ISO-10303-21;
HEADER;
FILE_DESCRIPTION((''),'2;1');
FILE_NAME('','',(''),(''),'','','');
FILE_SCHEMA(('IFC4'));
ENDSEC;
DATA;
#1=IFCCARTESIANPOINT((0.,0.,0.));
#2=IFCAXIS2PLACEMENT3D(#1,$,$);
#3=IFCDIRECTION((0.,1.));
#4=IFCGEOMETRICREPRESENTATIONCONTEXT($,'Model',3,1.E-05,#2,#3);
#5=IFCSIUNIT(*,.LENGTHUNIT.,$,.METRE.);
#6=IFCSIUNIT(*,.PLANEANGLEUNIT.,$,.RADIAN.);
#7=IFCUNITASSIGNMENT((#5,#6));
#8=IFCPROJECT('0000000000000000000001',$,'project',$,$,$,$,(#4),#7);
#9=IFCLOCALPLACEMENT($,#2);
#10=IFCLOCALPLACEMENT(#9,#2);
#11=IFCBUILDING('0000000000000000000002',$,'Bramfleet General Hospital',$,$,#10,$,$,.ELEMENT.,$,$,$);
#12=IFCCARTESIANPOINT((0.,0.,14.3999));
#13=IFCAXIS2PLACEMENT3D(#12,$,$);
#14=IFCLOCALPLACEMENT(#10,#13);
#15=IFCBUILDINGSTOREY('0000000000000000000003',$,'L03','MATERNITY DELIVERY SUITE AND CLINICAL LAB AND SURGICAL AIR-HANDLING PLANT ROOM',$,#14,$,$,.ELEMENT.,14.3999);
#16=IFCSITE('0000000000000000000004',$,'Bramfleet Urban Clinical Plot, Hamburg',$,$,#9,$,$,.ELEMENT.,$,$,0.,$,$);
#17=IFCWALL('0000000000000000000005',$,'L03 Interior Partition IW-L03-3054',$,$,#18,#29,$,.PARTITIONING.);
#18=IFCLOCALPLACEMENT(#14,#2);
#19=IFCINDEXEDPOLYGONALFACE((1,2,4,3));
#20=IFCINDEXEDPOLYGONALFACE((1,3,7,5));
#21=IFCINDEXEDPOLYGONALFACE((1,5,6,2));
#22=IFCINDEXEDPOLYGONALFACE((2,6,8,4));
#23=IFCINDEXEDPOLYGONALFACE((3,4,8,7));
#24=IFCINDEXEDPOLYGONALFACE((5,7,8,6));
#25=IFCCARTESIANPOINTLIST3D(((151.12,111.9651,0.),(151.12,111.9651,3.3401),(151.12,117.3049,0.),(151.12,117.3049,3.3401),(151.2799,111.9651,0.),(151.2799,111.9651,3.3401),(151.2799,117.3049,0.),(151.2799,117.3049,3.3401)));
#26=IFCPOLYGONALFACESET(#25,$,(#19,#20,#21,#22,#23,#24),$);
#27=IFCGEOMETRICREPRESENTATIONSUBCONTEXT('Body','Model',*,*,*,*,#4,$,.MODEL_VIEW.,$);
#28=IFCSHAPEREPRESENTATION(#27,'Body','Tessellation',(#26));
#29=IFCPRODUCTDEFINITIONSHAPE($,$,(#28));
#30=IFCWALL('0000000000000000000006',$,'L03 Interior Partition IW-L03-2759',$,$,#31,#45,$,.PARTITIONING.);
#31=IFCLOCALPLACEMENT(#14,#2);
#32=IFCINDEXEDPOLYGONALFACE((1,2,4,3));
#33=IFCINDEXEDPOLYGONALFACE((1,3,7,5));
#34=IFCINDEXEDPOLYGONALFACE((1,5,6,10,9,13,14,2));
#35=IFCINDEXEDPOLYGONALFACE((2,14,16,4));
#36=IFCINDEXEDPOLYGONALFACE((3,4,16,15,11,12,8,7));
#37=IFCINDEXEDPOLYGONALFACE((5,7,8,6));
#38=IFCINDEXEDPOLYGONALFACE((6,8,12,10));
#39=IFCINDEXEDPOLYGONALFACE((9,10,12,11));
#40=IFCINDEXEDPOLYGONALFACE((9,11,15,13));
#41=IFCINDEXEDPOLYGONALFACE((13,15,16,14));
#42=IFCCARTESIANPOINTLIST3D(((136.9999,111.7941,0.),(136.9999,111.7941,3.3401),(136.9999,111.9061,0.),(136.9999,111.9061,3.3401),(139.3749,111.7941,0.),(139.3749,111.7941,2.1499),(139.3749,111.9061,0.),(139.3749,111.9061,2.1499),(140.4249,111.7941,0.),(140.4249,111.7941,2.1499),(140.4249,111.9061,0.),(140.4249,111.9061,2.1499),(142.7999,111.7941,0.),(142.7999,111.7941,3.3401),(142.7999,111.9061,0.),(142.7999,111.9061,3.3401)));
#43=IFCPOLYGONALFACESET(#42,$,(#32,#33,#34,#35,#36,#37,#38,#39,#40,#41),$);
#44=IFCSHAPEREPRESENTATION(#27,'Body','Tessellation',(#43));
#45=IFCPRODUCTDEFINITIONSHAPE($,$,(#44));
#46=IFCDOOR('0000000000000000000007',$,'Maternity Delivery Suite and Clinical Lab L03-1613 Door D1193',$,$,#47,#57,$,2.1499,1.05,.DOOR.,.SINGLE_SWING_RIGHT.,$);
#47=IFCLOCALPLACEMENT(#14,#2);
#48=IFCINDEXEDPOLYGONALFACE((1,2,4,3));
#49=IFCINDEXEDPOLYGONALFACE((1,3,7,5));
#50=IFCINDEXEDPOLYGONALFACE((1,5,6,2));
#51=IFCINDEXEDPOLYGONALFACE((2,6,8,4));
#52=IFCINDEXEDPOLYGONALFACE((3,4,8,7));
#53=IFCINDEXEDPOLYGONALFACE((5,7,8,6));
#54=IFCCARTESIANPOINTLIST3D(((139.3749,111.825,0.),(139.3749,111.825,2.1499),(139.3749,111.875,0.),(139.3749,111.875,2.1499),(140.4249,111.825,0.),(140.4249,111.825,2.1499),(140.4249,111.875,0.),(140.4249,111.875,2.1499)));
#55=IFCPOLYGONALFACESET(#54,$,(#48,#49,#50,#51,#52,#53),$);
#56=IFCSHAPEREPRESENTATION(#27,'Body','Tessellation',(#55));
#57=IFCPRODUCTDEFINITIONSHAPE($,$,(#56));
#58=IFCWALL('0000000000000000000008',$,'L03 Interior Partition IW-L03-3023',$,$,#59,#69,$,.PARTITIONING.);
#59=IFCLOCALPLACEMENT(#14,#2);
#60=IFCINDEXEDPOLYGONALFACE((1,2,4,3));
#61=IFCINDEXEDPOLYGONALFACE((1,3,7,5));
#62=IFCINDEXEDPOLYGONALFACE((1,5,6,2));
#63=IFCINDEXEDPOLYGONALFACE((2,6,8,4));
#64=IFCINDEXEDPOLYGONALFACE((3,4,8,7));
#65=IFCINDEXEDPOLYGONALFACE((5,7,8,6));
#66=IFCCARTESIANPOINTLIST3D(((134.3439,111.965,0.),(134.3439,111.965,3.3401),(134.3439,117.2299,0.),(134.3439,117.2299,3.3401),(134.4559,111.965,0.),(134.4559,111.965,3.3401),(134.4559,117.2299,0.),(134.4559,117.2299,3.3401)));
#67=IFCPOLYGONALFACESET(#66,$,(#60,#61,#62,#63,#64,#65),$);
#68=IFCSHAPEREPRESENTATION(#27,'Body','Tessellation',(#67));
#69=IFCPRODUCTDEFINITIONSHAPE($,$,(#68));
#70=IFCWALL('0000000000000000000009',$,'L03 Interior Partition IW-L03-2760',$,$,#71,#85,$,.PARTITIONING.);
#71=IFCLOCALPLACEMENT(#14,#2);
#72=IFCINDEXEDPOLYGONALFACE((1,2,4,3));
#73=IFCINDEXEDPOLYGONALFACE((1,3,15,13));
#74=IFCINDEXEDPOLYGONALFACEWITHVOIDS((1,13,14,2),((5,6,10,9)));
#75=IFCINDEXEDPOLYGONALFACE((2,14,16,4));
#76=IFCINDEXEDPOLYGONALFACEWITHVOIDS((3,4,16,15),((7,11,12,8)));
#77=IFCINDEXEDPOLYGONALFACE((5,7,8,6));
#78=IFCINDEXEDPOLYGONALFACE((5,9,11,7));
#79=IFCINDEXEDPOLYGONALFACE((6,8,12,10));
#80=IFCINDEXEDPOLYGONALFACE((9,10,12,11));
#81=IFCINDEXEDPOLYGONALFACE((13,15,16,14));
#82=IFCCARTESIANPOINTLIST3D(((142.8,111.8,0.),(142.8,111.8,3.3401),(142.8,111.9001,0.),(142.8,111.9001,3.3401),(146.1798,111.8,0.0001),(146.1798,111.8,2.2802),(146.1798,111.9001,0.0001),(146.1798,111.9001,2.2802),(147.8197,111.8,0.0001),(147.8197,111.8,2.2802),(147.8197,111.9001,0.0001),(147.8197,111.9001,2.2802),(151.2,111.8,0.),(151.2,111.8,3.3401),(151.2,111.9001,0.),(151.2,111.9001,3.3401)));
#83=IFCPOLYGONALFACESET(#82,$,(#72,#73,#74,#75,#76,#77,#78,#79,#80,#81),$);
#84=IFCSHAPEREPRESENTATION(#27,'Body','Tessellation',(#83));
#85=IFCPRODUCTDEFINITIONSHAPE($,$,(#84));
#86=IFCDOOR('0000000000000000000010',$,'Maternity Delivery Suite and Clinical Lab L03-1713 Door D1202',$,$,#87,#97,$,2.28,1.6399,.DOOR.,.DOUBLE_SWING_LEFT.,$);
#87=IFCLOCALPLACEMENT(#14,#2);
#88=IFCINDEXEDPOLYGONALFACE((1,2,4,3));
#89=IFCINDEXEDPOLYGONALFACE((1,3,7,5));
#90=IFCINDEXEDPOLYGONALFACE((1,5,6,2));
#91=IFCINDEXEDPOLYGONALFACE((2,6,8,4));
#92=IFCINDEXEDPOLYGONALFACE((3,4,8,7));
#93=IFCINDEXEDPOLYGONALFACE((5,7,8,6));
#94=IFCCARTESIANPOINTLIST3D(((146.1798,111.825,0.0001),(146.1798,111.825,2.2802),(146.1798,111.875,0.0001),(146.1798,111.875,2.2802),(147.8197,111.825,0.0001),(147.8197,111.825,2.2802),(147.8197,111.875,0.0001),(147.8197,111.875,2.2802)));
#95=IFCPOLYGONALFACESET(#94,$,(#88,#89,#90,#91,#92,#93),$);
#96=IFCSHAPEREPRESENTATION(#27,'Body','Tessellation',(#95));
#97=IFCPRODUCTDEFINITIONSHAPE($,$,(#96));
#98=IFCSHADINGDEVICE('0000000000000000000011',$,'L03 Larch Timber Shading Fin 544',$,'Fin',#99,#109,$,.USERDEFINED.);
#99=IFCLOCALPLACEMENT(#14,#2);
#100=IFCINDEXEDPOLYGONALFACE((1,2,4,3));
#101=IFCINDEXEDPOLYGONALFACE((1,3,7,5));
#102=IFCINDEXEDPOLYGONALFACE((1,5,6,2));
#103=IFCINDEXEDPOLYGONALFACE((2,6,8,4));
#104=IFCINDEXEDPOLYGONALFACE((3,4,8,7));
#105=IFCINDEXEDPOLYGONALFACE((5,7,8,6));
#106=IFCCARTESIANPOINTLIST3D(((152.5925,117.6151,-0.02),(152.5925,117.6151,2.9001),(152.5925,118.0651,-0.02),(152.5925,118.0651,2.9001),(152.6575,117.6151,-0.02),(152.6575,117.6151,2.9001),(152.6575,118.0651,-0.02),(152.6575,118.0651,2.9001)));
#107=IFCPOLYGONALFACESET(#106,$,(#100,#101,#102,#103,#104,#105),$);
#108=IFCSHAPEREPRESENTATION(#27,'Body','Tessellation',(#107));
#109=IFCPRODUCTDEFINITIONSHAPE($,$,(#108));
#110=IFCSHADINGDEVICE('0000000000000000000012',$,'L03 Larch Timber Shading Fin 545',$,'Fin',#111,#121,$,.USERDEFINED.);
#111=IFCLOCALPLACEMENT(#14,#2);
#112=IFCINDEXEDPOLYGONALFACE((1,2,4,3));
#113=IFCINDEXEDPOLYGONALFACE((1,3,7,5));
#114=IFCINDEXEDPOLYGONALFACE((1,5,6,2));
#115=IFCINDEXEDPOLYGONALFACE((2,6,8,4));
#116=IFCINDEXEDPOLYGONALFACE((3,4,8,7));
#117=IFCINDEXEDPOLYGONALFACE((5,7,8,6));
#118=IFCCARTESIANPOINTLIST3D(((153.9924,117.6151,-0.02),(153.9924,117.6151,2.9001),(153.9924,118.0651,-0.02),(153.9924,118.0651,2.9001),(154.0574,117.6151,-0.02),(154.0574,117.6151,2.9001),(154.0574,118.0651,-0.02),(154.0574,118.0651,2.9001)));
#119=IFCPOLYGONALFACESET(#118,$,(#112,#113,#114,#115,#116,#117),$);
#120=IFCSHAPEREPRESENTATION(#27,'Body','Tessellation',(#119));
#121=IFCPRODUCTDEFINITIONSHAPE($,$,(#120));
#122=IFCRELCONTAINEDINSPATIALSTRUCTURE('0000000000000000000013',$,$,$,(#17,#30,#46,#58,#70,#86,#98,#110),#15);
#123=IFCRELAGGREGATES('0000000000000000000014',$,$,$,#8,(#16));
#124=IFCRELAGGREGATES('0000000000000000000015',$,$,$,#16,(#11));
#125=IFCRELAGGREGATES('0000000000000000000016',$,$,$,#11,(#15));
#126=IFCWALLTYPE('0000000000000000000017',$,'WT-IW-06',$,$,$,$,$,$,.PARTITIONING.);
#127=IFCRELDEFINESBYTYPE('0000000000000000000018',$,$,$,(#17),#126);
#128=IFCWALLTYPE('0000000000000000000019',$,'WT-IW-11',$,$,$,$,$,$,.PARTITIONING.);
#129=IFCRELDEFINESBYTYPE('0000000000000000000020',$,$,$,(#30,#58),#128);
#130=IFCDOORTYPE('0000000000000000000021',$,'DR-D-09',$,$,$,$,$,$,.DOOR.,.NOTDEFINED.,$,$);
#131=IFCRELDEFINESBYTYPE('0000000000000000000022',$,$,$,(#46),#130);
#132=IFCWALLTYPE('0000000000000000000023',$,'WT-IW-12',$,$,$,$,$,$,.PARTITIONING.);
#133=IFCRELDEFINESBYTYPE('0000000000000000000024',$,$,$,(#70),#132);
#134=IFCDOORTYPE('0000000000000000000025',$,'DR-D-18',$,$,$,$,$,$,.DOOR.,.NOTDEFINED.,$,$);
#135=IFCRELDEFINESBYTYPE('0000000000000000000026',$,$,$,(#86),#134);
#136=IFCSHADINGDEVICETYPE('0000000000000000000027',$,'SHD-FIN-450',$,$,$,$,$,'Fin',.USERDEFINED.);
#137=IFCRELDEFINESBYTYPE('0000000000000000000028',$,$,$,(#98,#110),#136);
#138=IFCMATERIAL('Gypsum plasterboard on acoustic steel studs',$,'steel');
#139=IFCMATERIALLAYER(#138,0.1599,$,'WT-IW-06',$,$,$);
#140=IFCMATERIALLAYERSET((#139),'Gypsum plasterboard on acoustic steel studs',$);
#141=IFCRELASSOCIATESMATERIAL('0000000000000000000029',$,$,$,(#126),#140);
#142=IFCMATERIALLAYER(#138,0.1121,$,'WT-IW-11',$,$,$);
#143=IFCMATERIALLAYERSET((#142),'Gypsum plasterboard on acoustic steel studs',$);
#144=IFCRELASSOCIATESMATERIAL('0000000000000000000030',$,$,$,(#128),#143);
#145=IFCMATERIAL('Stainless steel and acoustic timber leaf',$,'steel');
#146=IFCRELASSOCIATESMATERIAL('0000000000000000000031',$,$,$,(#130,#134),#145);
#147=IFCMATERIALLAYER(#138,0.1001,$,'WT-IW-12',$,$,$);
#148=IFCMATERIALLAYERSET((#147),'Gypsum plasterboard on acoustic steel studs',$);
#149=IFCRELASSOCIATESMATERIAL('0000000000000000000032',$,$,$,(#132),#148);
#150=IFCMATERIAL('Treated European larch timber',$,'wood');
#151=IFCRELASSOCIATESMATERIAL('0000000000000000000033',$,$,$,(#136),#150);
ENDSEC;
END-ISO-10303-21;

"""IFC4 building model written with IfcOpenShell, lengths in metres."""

from ifc_helpers import new_model, si_unit, direction, frame, frame_2d, origin, origin_2d, place, context, subcontext, project, spatial, rectangle, extrude, material, layer, layer_set, material_profile, profile_set, type_object, element, fill, save


model = new_model("IFC4")

# Units and contexts
model_context = context("Model", 3, precision=1e-05, world=origin(), true_north=direction((0.0, 1.0)))
body_context = subcontext(model_context, "Body", "Model", "MODEL_VIEW")
ifc_project = project(units=[si_unit("LENGTHUNIT", "METRE"), si_unit("PLANEANGLEUNIT", "RADIAN")], contexts=[model_context])

# Site, building, storey
site_placement = place(None, origin())
site = spatial("IfcSite", under=ifc_project, at=site_placement, Name="Bramfleet Urban Clinical Plot, Hamburg", CompositionType="ELEMENT", RefElevation=0.0)
building_placement = place(site_placement, origin())
building = spatial("IfcBuilding", under=site, at=building_placement, Name="Bramfleet General Hospital", CompositionType="ELEMENT")
storey_placement = place(building_placement, frame((0.0, 0.0, 14.3999)))
storey = spatial("IfcBuildingStorey", under=building, at=storey_placement, Name="L03", Description="MATERNITY DELIVERY SUITE AND CLINICAL LAB AND SURGICAL AIR-HANDLING PLANT ROOM", CompositionType="ELEMENT", Elevation=14.3999)

# Wall
ifc_material_1 = material(Name="Gypsum plasterboard on acoustic steel studs", Category="steel")
ifc_layer_1 = layer(ifc_material_1, 0.1599, Name="WT-IW-06")
ifc_layer_set_1 = layer_set([ifc_layer_1], Name="Gypsum plasterboard on acoustic steel studs")
wall_type_1 = type_object("IfcWallType", Name="WT-IW-06", PredefinedType="PARTITIONING", material=ifc_layer_set_1)
for number, where, z_axis, x_axis, name in (
    (1, (151.2, 111.9651, 0.0), (0.0, 0.0, 1.0), (0.0, 1.0, 0.0), "L03 Interior Partition IW-L03-3054"),
):
    element("IfcWall", number, at=place(storey_placement, frame(where, z_axis=z_axis, x_axis=x_axis)), inside=storey, type_object=wall_type_1, Name=name, PredefinedType="PARTITIONING", context=body_context, shape_type="SweptSolid", body=[
        extrude(rectangle(XDim=5.3398, YDim=0.1599, at=frame_2d((2.6699, 0.0))), origin(), (0.0, 0.0, 1.0), 3.3401),
    ])

# Wall, opening, door
ifc_layer_2 = layer(ifc_material_1, 0.1121, Name="WT-IW-11")
ifc_layer_set_2 = layer_set([ifc_layer_2], Name="Gypsum plasterboard on acoustic steel studs")
wall_type_2 = type_object("IfcWallType", Name="WT-IW-11", PredefinedType="PARTITIONING", material=ifc_layer_set_2)
wall_1_placement = place(storey_placement, frame((137.0, 111.8501, 0.0), z_axis=(0.0, 0.0, 1.0), x_axis=(1.0, 0.0, 0.0)))
wall_1 = element("IfcWall", 2, at=wall_1_placement, inside=storey, type_object=wall_type_2, Name="L03 Interior Partition IW-L03-2759", PredefinedType="PARTITIONING", context=body_context, shape_type="SweptSolid", body=[
    extrude(rectangle(XDim=5.8, YDim=0.1121, at=frame_2d((2.8999, 0.0))), origin(), (0.0, 0.0, 1.0), 3.3401),
])
opening_1_placement = place(wall_1_placement, frame((2.375, 0.0, 0.0)))
opening_1 = element("IfcOpeningElement", 3, at=opening_1_placement, cuts=wall_1, PredefinedType="OPENING", context=body_context, shape_type="SweptSolid", body=[
    extrude(rectangle(XDim=1.05, YDim=2.1499, at=frame_2d((0.5249, 1.075))), frame((0.0, 0.0659, 0.0), z_axis=(0.0, -1.0, 0.0), x_axis=(1.0, 0.0, 0.0)), (0.0, 0.0, 1.0), 0.1321),
])
ifc_material_2 = material(Name="Stainless steel and acoustic timber leaf", Category="steel")
door_type_1 = type_object("IfcDoorType", Name="DR-D-09", OperationType="NOTDEFINED", PredefinedType="DOOR", material=ifc_material_2)
door_1_placement = place(opening_1_placement, origin())
door_1 = element("IfcDoor", 4, at=door_1_placement, inside=storey, type_object=door_type_1, Name="Maternity Delivery Suite and Clinical Lab L03-1613 Door D1193", OperationType="SINGLE_SWING_RIGHT", OverallHeight=2.1499, OverallWidth=1.05, PredefinedType="DOOR", context=body_context, shape_type="SweptSolid", body=[
    extrude(rectangle(XDim=1.05, YDim=2.1499, at=frame_2d((0.5249, 1.075))), frame((0.0, 0.0249, 0.0), z_axis=(0.0, -1.0, 0.0), x_axis=(1.0, 0.0, 0.0)), (0.0, 0.0, 1.0), 0.05),
])
fill(opening_1, door_1)

# Wall
wall_2_placement = place(storey_placement, frame((134.3999, 111.9651, 0.0), z_axis=(0.0, 0.0, 1.0), x_axis=(0.0, 1.0, 0.0)))
element("IfcWall", 5, at=wall_2_placement, inside=storey, type_object=wall_type_2, Name="L03 Interior Partition IW-L03-3023", PredefinedType="PARTITIONING", context=body_context, shape_type="SweptSolid", body=[
    extrude(rectangle(XDim=5.2649, YDim=0.1121, at=frame_2d((2.6323, 0.0))), origin(), (0.0, 0.0, 1.0), 3.3401),
])

# Wall, opening, door
ifc_layer_3 = layer(ifc_material_1, 0.1001, Name="WT-IW-12")
ifc_layer_set_3 = layer_set([ifc_layer_3], Name="Gypsum plasterboard on acoustic steel studs")
wall_type_3 = type_object("IfcWallType", Name="WT-IW-12", PredefinedType="PARTITIONING", material=ifc_layer_set_3)
wall_3_placement = place(storey_placement, frame((142.8, 111.8501, 0.0), z_axis=(0.0, 0.0, 1.0), x_axis=(1.0, 0.0, 0.0)))
wall_3 = element("IfcWall", 6, at=wall_3_placement, inside=storey, type_object=wall_type_3, Name="L03 Interior Partition IW-L03-2760", PredefinedType="PARTITIONING", context=body_context, shape_type="SweptSolid", body=[
    extrude(rectangle(XDim=8.3999, YDim=0.1001, at=frame_2d((4.2, 0.0))), origin(), (0.0, 0.0, 1.0), 3.3401),
])
opening_2_placement = place(wall_3_placement, frame((3.3799, 0.0, 0.0)))
opening_2 = element("IfcOpeningElement", 7, at=opening_2_placement, cuts=wall_3, PredefinedType="OPENING", context=body_context, shape_type="SweptSolid", body=[
    extrude(rectangle(XDim=1.6399, YDim=2.28, at=frame_2d((0.8198, 1.1401))), frame((0.0, 0.0601, 0.0), z_axis=(0.0, -1.0, 0.0), x_axis=(1.0, 0.0, 0.0)), (0.0, 0.0, 1.0), 0.1201),
])
door_type_2 = type_object("IfcDoorType", Name="DR-D-18", OperationType="NOTDEFINED", PredefinedType="DOOR", material=ifc_material_2)
door_2_placement = place(opening_2_placement, origin())
door_2 = element("IfcDoor", 8, at=door_2_placement, inside=storey, type_object=door_type_2, Name="Maternity Delivery Suite and Clinical Lab L03-1713 Door D1202", OperationType="DOUBLE_SWING_LEFT", OverallHeight=2.28, OverallWidth=1.6399, PredefinedType="DOOR", context=body_context, shape_type="SweptSolid", body=[
    extrude(rectangle(XDim=1.6399, YDim=2.28, at=frame_2d((0.8198, 1.1401))), frame((0.0, 0.0249, 0.0), z_axis=(0.0, -1.0, 0.0), x_axis=(1.0, 0.0, 0.0)), (0.0, 0.0, 1.0), 0.05),
])
fill(opening_2, door_2)

# Shading devices
ifc_material_3 = material(Name="Treated European larch timber", Category="wood")
ifc_material_profile_1 = material_profile(ifc_material_3, rectangle(XDim=0.0649, YDim=0.45, at=origin_2d()), Name="LARCH FIN 450x65")
ifc_profile_set_1 = profile_set([ifc_material_profile_1], Name="Treated European larch timber")
shading_device_type = type_object("IfcShadingDeviceType", Name="SHD-FIN-450", ElementType="Fin", PredefinedType="USERDEFINED", material=ifc_profile_set_1)
for number, where, z_axis, x_axis, name in (
    (9, (152.625, 117.8401, -0.02), (0.0, 0.0, 1.0), (1.0, 0.0, 0.0), "L03 Larch Timber Shading Fin 544"),
    (10, (154.0249, 117.8401, -0.02), (0.0, 0.0, 1.0), (1.0, 0.0, 0.0), "L03 Larch Timber Shading Fin 545"),
):
    element("IfcShadingDevice", number, at=place(storey_placement, frame(where, z_axis=z_axis, x_axis=x_axis)), inside=storey, type_object=shading_device_type, Name=name, ObjectType="Fin", PredefinedType="USERDEFINED", context=body_context, shape_type="SweptSolid", body=[
        extrude(rectangle(XDim=0.0649, YDim=0.45, at=origin_2d()), origin(), (0.0, 0.0, 1.0), 2.9202),
    ])

save(model, "model.ifc")
